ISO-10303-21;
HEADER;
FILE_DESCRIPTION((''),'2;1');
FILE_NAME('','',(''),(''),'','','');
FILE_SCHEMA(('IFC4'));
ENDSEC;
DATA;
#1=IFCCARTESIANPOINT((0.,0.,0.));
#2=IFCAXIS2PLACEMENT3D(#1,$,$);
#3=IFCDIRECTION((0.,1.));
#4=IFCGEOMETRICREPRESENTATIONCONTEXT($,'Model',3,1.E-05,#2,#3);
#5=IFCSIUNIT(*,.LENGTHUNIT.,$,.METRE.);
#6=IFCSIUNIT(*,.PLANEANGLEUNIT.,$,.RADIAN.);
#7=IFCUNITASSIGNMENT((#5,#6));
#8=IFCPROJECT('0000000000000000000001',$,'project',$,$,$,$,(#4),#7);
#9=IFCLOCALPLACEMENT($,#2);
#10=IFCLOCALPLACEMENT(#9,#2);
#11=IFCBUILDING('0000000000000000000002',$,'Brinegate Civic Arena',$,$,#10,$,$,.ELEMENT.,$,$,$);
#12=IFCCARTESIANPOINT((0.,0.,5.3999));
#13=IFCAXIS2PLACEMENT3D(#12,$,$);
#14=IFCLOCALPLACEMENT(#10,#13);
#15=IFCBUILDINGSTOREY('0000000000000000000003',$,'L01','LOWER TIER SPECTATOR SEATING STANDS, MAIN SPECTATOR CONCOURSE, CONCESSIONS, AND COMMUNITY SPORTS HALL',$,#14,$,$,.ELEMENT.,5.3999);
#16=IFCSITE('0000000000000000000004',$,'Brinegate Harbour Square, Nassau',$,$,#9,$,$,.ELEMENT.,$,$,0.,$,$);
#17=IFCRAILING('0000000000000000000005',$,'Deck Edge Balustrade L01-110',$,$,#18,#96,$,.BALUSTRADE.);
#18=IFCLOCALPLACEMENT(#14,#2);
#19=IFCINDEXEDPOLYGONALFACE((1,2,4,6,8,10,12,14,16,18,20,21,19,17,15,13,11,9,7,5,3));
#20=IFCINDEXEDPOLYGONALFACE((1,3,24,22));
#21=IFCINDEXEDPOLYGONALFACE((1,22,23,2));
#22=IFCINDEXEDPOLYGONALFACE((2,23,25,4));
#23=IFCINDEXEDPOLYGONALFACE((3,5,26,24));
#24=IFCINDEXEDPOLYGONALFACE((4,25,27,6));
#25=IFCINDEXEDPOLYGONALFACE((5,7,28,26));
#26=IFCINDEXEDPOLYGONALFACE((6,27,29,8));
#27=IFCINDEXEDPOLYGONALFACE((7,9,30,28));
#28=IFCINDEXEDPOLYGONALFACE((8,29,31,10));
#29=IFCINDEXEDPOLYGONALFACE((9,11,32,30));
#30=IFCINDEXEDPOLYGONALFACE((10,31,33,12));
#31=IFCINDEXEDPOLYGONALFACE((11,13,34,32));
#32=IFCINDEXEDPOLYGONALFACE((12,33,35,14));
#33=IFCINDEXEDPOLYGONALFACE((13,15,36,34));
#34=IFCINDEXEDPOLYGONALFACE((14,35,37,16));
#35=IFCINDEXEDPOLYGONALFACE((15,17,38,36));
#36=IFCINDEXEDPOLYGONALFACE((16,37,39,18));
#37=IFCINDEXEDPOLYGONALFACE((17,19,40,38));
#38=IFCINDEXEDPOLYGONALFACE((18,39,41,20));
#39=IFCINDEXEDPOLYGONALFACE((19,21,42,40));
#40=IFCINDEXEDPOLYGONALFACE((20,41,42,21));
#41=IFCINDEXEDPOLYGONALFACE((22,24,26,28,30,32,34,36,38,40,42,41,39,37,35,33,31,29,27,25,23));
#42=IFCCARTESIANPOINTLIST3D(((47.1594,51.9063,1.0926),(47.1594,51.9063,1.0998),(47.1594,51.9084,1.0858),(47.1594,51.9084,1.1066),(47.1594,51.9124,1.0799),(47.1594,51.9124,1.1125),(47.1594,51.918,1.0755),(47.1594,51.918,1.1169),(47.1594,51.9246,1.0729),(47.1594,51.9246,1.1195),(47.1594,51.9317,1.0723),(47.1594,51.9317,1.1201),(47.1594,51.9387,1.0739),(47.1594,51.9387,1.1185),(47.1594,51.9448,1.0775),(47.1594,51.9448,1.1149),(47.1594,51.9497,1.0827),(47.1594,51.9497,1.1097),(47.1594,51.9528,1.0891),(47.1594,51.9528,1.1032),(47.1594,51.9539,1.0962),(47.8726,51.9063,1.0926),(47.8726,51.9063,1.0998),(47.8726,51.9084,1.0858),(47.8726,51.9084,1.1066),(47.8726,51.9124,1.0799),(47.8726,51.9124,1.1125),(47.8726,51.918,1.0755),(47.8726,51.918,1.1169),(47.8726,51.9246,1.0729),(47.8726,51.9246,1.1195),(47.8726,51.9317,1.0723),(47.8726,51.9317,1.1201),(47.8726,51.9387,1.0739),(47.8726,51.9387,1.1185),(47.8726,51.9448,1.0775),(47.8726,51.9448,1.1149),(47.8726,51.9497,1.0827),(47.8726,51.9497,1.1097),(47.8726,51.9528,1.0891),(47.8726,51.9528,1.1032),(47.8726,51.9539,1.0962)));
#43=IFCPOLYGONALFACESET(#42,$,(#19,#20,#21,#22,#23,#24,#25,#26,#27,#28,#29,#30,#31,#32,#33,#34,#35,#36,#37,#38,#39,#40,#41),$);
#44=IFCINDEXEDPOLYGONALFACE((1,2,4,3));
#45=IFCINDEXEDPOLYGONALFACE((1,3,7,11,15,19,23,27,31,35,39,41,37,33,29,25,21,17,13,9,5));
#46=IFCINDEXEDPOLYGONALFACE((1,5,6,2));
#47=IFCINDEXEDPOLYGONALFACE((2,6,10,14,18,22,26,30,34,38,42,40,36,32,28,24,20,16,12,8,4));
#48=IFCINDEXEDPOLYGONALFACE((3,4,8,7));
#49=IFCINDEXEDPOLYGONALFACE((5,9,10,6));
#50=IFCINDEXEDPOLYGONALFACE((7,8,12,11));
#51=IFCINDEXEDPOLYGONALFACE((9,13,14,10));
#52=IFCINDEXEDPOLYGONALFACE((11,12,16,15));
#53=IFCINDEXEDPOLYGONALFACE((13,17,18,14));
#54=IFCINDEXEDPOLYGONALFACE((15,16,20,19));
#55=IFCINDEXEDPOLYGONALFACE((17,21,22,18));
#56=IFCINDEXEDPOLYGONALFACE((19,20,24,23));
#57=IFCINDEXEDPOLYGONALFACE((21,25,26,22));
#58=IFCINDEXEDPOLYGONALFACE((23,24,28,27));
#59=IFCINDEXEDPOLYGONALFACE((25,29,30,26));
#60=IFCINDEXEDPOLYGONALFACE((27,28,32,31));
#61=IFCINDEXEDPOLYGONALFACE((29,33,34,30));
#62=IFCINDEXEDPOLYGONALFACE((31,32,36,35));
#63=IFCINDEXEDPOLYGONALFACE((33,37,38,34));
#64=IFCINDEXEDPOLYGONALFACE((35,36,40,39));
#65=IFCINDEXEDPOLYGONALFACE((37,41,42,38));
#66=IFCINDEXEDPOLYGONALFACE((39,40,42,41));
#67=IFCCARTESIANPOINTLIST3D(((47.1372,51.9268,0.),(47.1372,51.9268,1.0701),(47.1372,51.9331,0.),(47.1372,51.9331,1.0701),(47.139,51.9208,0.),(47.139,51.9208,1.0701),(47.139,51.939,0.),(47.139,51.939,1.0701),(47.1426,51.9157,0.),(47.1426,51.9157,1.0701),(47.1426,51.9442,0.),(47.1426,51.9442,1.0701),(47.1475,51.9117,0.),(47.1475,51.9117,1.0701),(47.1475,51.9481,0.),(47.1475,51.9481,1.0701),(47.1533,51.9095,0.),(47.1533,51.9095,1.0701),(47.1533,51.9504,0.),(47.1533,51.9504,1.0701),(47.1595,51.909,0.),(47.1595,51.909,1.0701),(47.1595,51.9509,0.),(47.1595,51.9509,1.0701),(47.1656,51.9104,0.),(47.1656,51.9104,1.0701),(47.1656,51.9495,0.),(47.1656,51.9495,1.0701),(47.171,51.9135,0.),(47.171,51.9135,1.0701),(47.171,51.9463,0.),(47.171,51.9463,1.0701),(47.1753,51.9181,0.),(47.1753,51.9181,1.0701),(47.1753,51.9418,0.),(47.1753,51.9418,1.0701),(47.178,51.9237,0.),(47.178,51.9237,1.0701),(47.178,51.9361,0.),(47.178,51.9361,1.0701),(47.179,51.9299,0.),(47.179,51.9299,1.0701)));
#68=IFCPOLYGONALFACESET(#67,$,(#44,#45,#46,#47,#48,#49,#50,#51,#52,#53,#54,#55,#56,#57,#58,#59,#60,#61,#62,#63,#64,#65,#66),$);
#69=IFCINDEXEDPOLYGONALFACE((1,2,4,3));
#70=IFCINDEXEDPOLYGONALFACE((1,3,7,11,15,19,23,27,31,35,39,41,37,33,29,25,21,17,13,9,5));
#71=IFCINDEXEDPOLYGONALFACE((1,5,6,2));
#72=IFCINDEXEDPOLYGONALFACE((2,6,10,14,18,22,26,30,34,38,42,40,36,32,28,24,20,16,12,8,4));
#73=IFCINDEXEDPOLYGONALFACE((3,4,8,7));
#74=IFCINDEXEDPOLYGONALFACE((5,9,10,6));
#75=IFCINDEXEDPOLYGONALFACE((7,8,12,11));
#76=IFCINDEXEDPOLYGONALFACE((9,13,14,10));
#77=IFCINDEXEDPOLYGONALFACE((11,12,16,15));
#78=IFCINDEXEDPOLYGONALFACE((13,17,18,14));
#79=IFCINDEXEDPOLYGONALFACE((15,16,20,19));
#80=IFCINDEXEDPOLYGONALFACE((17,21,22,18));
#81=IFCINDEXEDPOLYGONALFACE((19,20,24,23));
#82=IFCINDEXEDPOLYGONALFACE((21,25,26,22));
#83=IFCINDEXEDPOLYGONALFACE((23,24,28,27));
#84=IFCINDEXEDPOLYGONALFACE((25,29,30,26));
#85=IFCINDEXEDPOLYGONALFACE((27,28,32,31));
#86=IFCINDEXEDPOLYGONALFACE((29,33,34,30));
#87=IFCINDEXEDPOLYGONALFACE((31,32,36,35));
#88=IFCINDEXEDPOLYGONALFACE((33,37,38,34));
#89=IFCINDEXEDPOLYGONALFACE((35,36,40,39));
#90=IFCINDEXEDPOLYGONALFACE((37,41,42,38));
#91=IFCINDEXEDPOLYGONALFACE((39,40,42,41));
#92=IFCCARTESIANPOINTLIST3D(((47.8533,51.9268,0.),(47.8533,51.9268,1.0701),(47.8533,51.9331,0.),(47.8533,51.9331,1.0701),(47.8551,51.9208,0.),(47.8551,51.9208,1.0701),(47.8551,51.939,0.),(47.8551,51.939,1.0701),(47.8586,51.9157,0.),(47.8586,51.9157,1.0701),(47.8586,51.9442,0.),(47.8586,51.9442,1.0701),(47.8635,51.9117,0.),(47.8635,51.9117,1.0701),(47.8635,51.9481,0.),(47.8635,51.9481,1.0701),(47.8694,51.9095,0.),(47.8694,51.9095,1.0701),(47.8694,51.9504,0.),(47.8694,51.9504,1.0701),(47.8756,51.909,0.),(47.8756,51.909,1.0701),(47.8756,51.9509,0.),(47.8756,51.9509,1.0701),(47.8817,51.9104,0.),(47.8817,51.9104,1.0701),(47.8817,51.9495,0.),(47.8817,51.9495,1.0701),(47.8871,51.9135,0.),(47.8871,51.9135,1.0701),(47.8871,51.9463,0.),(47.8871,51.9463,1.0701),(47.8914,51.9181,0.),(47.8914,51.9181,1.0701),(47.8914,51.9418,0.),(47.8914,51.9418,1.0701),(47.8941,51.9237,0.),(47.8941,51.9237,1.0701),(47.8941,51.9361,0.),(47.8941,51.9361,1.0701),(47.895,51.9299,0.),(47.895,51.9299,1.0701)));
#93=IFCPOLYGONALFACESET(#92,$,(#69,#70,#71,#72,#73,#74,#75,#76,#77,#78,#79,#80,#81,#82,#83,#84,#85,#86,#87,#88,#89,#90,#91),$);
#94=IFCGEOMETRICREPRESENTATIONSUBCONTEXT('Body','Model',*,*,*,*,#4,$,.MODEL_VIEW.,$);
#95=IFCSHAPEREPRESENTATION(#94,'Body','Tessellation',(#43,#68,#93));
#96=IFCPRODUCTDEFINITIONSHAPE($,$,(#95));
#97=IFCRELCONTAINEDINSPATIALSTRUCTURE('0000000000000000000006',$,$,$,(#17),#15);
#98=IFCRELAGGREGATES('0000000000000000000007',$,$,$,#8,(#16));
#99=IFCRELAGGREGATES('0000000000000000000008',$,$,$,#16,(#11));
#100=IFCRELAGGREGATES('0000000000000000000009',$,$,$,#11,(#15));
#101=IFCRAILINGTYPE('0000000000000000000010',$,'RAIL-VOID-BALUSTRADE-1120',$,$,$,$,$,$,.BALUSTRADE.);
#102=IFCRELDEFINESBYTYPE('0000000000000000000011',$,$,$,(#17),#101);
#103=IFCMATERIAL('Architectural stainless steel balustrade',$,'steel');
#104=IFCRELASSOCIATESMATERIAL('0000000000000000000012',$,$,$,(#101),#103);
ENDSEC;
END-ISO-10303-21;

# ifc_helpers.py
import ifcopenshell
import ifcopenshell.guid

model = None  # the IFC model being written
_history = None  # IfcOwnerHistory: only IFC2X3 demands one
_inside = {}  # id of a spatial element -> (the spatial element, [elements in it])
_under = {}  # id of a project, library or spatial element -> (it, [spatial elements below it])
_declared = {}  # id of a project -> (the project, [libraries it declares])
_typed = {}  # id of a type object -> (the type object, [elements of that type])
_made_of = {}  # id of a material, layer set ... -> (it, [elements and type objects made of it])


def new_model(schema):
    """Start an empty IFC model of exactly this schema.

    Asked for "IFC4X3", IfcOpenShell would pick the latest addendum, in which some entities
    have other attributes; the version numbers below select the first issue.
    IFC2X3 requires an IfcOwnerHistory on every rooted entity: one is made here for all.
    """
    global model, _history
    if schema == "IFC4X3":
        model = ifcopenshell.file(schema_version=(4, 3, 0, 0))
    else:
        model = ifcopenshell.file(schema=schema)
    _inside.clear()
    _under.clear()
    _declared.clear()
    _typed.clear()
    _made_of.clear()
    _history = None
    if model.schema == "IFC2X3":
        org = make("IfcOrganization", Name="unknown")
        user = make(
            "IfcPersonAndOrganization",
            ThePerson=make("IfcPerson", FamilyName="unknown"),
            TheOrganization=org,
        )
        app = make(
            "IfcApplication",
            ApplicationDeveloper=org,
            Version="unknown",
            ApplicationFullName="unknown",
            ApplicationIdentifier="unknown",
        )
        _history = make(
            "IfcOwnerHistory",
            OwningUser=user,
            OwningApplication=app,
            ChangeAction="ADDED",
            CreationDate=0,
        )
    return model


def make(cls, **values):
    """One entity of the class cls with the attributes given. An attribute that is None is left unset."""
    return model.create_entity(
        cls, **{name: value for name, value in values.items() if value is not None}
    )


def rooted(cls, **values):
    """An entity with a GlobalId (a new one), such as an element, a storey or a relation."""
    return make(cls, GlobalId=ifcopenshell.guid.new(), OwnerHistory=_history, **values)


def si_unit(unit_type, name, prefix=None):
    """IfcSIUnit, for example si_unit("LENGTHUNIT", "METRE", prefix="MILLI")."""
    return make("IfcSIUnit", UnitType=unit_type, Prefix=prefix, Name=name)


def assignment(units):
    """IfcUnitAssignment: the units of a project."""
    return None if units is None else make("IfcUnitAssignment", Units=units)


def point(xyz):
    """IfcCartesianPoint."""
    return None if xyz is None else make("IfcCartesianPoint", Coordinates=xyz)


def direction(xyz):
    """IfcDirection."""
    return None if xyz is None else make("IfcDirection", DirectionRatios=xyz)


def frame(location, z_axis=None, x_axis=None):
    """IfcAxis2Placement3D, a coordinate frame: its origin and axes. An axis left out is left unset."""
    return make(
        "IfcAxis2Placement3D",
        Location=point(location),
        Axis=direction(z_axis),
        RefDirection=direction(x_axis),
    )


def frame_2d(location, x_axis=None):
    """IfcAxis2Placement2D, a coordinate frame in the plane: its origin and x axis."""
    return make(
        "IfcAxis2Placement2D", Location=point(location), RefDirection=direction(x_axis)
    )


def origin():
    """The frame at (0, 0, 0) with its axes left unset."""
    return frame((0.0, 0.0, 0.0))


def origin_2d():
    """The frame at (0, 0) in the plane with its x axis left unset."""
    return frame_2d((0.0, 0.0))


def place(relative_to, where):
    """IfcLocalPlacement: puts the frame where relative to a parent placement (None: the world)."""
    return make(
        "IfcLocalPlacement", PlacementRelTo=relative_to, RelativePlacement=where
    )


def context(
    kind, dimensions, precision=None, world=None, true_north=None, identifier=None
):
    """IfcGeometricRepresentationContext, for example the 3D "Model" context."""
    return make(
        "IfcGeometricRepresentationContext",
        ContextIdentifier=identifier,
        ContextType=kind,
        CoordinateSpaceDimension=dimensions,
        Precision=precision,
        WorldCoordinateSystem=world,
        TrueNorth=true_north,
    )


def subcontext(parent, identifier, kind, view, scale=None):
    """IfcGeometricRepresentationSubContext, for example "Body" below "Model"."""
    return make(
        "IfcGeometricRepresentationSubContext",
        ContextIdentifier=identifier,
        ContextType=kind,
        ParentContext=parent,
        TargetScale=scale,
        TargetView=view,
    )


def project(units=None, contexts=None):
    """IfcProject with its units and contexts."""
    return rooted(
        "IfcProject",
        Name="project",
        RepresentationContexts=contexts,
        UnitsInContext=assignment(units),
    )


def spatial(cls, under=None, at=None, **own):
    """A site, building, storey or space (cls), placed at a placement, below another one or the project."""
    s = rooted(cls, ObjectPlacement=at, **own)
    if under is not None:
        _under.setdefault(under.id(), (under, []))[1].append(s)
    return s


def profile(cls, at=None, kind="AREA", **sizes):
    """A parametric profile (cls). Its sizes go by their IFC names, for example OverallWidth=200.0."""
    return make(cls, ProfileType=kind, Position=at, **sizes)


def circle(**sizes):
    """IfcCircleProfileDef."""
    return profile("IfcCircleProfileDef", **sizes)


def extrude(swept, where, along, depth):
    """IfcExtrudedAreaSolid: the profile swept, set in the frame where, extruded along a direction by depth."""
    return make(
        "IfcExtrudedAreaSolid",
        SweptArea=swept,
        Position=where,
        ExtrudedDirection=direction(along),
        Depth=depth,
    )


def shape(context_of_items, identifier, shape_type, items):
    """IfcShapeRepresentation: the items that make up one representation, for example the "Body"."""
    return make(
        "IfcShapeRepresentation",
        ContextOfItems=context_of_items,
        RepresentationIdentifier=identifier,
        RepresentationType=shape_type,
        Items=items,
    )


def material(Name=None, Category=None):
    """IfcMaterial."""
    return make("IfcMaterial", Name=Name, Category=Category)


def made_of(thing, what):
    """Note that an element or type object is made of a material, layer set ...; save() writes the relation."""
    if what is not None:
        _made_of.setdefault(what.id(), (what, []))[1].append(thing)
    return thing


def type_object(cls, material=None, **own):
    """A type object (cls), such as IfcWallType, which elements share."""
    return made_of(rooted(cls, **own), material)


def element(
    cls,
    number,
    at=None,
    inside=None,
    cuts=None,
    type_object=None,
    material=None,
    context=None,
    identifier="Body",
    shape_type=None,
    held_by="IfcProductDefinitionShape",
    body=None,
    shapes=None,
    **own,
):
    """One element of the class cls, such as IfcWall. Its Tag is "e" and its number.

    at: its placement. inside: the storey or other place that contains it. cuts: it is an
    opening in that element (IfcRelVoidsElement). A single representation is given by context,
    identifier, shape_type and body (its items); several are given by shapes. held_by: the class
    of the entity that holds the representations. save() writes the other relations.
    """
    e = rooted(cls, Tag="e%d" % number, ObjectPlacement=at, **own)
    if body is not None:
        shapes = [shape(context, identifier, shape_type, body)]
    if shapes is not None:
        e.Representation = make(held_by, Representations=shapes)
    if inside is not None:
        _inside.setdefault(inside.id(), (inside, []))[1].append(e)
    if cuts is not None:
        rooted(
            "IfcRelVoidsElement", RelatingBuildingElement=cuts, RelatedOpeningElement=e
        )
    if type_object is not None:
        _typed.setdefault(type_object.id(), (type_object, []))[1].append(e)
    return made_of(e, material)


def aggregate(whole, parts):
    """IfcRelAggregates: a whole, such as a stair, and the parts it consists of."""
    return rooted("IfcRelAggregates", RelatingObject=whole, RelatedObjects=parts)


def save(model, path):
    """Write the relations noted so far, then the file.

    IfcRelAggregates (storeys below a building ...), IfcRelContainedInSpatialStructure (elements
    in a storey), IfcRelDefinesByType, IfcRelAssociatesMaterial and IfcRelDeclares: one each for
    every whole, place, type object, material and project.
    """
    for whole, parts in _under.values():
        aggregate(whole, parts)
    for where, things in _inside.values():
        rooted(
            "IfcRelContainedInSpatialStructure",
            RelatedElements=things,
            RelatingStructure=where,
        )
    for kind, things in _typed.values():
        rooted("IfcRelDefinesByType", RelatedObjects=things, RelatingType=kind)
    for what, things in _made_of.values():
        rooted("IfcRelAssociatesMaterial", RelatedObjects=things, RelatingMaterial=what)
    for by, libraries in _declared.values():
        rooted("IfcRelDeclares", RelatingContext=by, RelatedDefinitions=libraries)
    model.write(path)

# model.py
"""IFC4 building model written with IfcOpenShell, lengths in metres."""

from ifc_helpers import new_model, si_unit, direction, frame, origin, origin_2d, place, context, subcontext, project, spatial, circle, extrude, material, type_object, element, save


model = new_model("IFC4")

# Units and contexts
model_context = context("Model", 3, precision=1e-05, world=origin(), true_north=direction((0.0, 1.0)))
body_context = subcontext(model_context, "Body", "Model", "MODEL_VIEW")
ifc_project = project(units=[si_unit("LENGTHUNIT", "METRE"), si_unit("PLANEANGLEUNIT", "RADIAN")], contexts=[model_context])

# Site, building, storey
site_placement = place(None, origin())
site = spatial("IfcSite", under=ifc_project, at=site_placement, Name="Brinegate Harbour Square, Nassau", CompositionType="ELEMENT", RefElevation=0.0)
building_placement = place(site_placement, origin())
building = spatial("IfcBuilding", under=site, at=building_placement, Name="Brinegate Civic Arena", CompositionType="ELEMENT")
storey_placement = place(building_placement, frame((0.0, 0.0, 5.3999)))
storey = spatial("IfcBuildingStorey", under=building, at=storey_placement, Name="L01", Description="LOWER TIER SPECTATOR SEATING STANDS, MAIN SPECTATOR CONCOURSE, CONCESSIONS, AND COMMUNITY SPORTS HALL", CompositionType="ELEMENT", Elevation=5.3999)

# Railing
ifc_material_1 = material(Name="Architectural stainless steel balustrade", Category="steel")
railing_type_1 = type_object("IfcRailingType", Name="RAIL-VOID-BALUSTRADE-1120", PredefinedType="BALUSTRADE", material=ifc_material_1)
railing_1_placement = place(storey_placement, frame((47.158, 51.9299, 0.0)))
element("IfcRailing", 1, at=railing_1_placement, inside=storey, type_object=railing_type_1, Name="Deck Edge Balustrade L01-110", PredefinedType="BALUSTRADE", context=body_context, shape_type="SweptSolid", body=[
    extrude(circle(Radius=0.0239, at=origin_2d()), frame((0.0015, 0.0, 1.0962), z_axis=(1.0, 0.0, 0.0), x_axis=(0.0, 1.0, 0.0)), (0.0, 0.0, 1.0), 0.7131),
    extrude(circle(Radius=0.021, at=origin_2d()), origin(), (0.0, 0.0, 1.0), 1.0701),
    extrude(circle(Radius=0.021, at=origin_2d()), frame((0.7161, 0.0, 0.0)), (0.0, 0.0, 1.0), 1.0701),
])

save(model, "model.ifc")
